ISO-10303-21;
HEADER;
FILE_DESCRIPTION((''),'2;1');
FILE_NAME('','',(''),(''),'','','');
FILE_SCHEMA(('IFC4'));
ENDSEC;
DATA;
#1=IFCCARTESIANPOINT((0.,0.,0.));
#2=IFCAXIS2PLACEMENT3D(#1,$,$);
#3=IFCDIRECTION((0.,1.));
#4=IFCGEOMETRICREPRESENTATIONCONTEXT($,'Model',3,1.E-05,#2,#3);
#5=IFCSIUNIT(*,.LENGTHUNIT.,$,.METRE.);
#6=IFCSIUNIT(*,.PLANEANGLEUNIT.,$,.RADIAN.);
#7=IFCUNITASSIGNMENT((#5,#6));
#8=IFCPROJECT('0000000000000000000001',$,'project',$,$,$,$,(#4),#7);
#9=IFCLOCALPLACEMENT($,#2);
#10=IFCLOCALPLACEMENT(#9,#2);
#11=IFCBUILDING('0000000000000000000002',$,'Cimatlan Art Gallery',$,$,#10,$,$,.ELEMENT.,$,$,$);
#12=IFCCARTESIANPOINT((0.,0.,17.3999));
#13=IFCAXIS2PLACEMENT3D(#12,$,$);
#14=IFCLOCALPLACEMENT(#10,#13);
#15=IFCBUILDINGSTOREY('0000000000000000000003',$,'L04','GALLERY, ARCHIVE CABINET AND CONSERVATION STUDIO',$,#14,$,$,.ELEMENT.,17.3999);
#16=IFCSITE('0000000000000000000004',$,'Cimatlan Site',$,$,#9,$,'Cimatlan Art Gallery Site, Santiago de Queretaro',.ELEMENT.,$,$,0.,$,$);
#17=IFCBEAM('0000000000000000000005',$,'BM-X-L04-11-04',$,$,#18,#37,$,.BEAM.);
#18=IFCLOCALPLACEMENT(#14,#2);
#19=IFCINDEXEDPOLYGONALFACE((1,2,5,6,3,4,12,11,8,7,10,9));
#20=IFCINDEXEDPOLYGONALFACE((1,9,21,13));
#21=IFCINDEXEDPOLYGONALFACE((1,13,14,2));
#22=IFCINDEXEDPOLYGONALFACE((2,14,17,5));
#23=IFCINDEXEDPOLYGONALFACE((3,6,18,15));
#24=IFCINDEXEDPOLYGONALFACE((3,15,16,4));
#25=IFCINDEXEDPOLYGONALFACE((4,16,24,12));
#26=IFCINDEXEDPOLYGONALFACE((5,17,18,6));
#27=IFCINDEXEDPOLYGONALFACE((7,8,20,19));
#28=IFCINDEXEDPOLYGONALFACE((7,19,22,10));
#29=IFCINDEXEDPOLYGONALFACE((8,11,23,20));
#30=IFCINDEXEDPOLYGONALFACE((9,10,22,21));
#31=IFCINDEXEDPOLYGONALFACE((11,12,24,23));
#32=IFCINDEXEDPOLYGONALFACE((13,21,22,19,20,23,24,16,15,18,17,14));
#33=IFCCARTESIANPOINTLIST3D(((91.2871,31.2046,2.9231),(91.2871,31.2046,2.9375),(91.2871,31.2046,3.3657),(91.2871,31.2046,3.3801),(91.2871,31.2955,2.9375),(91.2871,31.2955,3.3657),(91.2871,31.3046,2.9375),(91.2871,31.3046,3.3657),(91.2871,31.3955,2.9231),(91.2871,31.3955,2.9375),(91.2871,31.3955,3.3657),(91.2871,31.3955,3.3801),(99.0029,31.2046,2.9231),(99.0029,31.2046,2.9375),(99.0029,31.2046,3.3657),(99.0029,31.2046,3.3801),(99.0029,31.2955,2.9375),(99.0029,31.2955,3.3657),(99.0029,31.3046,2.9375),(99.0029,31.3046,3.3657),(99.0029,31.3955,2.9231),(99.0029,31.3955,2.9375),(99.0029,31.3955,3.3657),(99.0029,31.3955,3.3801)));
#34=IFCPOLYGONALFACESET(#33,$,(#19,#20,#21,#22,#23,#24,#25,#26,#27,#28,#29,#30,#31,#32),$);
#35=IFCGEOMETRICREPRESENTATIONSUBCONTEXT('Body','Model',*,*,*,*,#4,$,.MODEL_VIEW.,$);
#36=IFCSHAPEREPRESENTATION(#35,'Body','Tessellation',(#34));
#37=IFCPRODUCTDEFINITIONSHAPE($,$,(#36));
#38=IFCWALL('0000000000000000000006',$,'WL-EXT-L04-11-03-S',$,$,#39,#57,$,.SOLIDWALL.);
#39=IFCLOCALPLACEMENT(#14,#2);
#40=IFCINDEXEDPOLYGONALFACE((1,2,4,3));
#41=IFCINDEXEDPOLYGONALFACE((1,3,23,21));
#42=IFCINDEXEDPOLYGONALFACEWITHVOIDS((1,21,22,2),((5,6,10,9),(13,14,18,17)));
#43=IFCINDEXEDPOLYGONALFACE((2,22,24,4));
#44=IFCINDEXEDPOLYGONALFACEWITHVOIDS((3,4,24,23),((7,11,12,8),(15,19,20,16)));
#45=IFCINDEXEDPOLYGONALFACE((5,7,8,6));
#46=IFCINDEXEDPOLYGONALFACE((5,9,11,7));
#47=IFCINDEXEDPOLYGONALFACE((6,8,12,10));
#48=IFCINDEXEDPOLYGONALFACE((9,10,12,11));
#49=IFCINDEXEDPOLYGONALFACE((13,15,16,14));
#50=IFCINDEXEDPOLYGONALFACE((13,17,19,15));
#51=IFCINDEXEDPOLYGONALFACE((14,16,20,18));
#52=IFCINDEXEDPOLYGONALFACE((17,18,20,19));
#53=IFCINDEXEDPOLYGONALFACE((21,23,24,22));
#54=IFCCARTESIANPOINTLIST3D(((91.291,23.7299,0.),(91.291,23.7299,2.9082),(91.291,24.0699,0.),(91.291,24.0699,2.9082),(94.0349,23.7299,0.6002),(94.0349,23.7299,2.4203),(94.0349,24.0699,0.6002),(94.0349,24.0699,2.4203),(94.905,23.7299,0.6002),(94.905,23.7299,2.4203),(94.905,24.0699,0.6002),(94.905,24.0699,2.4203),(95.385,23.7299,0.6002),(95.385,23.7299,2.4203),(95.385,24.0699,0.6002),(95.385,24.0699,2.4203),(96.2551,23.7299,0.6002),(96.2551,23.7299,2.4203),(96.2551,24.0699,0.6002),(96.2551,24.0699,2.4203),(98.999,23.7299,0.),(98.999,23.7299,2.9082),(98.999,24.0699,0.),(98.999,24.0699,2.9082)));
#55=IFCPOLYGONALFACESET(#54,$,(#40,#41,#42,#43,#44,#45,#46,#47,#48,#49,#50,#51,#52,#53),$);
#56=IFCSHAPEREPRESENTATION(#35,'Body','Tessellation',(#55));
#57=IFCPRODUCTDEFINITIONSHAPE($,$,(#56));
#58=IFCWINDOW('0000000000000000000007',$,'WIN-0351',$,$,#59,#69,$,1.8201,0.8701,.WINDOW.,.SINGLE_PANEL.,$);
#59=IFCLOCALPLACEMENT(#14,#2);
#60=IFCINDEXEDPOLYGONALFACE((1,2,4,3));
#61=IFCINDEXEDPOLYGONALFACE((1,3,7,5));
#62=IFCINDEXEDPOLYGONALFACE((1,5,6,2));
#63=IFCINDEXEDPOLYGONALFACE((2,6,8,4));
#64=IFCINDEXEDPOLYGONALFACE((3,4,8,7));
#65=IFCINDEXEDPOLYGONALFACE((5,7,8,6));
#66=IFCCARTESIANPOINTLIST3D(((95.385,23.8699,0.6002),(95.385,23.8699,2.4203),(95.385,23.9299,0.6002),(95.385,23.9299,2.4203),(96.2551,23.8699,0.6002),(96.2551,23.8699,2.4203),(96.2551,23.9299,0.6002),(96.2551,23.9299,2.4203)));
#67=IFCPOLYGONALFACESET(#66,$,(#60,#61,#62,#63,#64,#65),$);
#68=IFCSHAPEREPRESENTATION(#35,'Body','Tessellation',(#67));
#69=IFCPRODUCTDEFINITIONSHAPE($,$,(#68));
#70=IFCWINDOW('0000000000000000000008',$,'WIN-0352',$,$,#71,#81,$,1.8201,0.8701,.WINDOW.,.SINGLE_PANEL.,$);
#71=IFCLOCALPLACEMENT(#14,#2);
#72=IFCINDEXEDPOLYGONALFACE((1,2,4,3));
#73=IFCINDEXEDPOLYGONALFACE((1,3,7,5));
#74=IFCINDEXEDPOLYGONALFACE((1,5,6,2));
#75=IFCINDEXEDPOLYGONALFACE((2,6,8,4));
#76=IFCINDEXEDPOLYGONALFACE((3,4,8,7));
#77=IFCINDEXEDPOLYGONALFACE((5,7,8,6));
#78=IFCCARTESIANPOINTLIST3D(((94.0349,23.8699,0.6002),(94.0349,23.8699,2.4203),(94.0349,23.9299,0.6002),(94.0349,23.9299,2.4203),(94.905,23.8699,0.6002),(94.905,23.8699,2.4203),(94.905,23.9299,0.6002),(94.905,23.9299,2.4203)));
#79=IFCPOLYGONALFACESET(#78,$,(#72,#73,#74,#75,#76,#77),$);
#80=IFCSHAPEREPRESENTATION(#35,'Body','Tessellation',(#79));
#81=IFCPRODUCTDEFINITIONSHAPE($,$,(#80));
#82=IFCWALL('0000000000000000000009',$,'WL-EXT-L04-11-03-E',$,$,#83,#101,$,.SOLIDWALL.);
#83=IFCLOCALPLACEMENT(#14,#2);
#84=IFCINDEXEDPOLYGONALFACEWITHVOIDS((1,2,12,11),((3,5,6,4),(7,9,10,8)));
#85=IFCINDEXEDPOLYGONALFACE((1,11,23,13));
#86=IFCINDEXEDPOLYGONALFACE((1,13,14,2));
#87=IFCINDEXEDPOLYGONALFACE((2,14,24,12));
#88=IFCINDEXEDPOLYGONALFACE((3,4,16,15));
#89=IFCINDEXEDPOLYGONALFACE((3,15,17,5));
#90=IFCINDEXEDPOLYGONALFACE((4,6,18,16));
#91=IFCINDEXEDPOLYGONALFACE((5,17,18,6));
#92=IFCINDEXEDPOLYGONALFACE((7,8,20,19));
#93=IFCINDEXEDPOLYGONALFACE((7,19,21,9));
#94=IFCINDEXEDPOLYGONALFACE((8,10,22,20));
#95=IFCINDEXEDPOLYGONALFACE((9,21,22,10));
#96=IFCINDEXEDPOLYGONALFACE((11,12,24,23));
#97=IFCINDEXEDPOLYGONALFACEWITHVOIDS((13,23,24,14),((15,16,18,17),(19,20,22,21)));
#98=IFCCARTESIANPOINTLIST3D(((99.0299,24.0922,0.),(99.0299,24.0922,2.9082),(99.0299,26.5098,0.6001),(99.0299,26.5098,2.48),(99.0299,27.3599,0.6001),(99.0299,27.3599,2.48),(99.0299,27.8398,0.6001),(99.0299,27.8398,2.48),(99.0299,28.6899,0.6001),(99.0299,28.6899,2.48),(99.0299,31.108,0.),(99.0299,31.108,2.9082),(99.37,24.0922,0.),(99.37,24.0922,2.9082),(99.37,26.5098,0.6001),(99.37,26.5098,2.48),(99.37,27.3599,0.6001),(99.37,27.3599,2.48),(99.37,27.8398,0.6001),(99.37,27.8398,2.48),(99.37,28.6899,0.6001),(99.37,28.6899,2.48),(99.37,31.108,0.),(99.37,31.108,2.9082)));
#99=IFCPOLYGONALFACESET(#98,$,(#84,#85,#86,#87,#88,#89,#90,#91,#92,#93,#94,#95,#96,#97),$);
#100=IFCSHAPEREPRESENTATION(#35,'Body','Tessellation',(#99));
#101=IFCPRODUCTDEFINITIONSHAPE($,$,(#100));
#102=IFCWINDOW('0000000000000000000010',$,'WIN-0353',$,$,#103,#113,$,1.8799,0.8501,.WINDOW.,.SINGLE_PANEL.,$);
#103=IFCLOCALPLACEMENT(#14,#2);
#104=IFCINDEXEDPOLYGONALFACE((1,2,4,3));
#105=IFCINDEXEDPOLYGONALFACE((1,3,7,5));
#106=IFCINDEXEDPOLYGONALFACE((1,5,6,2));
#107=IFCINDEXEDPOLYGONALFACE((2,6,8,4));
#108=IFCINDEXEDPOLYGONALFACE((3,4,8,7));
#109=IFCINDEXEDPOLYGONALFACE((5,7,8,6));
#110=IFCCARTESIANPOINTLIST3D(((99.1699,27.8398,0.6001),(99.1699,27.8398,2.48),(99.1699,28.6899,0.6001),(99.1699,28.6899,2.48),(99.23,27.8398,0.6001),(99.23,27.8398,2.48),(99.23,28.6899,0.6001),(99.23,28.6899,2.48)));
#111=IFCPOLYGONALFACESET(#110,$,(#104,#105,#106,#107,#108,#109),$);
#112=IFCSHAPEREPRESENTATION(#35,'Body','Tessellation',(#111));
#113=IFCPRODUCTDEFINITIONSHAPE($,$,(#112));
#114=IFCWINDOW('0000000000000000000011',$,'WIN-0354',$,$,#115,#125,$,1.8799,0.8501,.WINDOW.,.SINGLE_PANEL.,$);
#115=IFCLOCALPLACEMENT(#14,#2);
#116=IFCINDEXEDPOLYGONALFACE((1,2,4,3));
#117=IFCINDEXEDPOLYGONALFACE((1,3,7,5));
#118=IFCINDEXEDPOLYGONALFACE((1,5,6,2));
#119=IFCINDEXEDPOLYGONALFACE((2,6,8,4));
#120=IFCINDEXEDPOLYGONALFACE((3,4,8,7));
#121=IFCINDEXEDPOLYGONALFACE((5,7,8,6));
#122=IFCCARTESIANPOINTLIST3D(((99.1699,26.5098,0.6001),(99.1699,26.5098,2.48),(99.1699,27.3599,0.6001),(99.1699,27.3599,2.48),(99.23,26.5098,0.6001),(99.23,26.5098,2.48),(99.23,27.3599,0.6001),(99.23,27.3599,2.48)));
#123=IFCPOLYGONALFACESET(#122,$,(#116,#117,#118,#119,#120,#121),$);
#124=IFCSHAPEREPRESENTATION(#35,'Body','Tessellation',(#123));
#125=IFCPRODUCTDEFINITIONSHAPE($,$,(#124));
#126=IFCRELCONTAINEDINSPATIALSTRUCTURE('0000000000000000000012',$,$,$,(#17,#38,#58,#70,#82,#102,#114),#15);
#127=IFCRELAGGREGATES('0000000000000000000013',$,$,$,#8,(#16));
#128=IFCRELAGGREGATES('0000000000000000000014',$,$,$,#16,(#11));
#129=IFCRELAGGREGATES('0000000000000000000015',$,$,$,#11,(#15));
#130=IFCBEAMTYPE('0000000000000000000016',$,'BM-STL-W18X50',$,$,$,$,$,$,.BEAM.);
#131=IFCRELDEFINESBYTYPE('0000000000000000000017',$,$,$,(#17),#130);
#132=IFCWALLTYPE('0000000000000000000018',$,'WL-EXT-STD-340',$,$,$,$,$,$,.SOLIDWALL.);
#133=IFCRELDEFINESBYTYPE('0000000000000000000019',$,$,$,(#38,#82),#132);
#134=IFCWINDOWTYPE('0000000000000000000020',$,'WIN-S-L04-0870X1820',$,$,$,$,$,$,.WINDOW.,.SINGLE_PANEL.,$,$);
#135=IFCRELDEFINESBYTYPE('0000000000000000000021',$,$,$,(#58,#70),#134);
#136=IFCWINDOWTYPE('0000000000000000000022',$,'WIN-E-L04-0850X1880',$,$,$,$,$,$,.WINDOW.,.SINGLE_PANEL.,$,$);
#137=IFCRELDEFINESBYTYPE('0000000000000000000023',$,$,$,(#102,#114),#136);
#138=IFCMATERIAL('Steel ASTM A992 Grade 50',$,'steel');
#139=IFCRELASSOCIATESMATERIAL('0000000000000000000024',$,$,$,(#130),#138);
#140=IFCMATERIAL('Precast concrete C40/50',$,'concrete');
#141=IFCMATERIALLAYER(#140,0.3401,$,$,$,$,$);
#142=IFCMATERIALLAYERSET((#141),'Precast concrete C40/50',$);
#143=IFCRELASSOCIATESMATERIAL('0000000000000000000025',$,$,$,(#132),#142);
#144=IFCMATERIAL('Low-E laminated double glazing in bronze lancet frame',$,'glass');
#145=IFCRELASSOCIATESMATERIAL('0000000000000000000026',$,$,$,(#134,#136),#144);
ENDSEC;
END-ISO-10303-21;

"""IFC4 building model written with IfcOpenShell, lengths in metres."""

from ifc_helpers import new_model, si_unit, direction, frame, frame_2d, origin, origin_2d, place, context, subcontext, project, spatial, rectangle, i_section, extrude, material, layer, layer_set, material_profile, profile_set, type_object, element, fill, save


model = new_model("IFC4")

# Units and contexts
model_context = context("Model", 3, precision=1e-05, world=origin(), true_north=direction((0.0, 1.0)))
body_context = subcontext(model_context, "Body", "Model", "MODEL_VIEW")
ifc_project = project(units=[si_unit("LENGTHUNIT", "METRE"), si_unit("PLANEANGLEUNIT", "RADIAN")], contexts=[model_context])

# Site, building, storey
site_placement = place(None, origin())
site = spatial("IfcSite", under=ifc_project, at=site_placement, Name="Cimatlan Site", LongName="Cimatlan Art Gallery Site, Santiago de Queretaro", CompositionType="ELEMENT", RefElevation=0.0)
building_placement = place(site_placement, origin())
building = spatial("IfcBuilding", under=site, at=building_placement, Name="Cimatlan Art Gallery", CompositionType="ELEMENT")
storey_placement = place(building_placement, frame((0.0, 0.0, 17.3999)))
storey = spatial("IfcBuildingStorey", under=building, at=storey_placement, Name="L04", Description="GALLERY, ARCHIVE CABINET AND CONSERVATION STUDIO", CompositionType="ELEMENT", Elevation=17.3999)

# Shared definitions
ifc_material_1 = material(Name="Steel ASTM A992 Grade 50", Category="steel")

# Beam
ifc_material_profile_1 = material_profile(ifc_material_1, i_section(OverallWidth=0.1909, OverallDepth=0.457, WebThickness=0.009, FlangeThickness=0.0144, at=origin_2d()), Name="W18X50")
ifc_profile_set_1 = profile_set([ifc_material_profile_1], Name="Steel ASTM A992 Grade 50")
beam_type_1 = type_object("IfcBeamType", Name="BM-STL-W18X50", PredefinedType="BEAM", material=ifc_profile_set_1)
for number, where, z_axis, x_axis, name in (
    (1, (91.2871, 31.3, 3.1516), (1.0, 0.0, 0.0), (0.0, 1.0, 0.0), "BM-X-L04-11-04"),
):
    element("IfcBeam", number, at=place(storey_placement, frame(where, z_axis=z_axis, x_axis=x_axis)), inside=storey, type_object=beam_type_1, Name=name, PredefinedType="BEAM", context=body_context, shape_type="SweptSolid", body=[
        extrude(i_section(OverallWidth=0.1909, OverallDepth=0.457, WebThickness=0.009, FlangeThickness=0.0144, at=origin_2d()), origin(), (0.0, 0.0, 1.0), 7.7158),
    ])

# Walls, openings, windows
ifc_material_2 = material(Name="Precast concrete C40/50", Category="concrete")
ifc_layer = layer(ifc_material_2, 0.3401)
ifc_layer_set = layer_set([ifc_layer], Name="Precast concrete C40/50")
wall_type = type_object("IfcWallType", Name="WL-EXT-STD-340", PredefinedType="SOLIDWALL", material=ifc_layer_set)
wall_1_placement = place(storey_placement, frame((98.999, 23.8999, 0.0), z_axis=(0.0, 0.0, 1.0), x_axis=(-1.0, 0.0, 0.0)))
wall_1 = element("IfcWall", 2, at=wall_1_placement, inside=storey, type_object=wall_type, Name="WL-EXT-L04-11-03-S", PredefinedType="SOLIDWALL", context=body_context, shape_type="SweptSolid", body=[
    extrude(rectangle(XDim=7.708, YDim=0.3401, at=frame_2d((3.854, 0.0))), origin(), (0.0, 0.0, 1.0), 2.9082),
])
opening_1_placement = place(wall_1_placement, frame((2.7439, 0.0, 0.6001)))
opening_1 = element("IfcOpeningElement", 3, at=opening_1_placement, cuts=wall_1, PredefinedType="OPENING", context=body_context, shape_type="SweptSolid", body=[
    extrude(rectangle(XDim=0.8701, YDim=1.8201, at=frame_2d((0.4351, 0.9102))), frame((0.0, 0.1802, 0.0), z_axis=(0.0, -1.0, 0.0), x_axis=(1.0, 0.0, 0.0)), (0.0, 0.0, 1.0), 0.3601),
])
opening_2_placement = place(wall_1_placement, frame((4.094, 0.0, 0.6001)))
opening_2 = element("IfcOpeningElement", 4, at=opening_2_placement, cuts=wall_1, PredefinedType="OPENING", context=body_context, shape_type="SweptSolid", body=[
    extrude(rectangle(XDim=0.8701, YDim=1.8201, at=frame_2d((0.4351, 0.9102))), frame((0.0, 0.1802, 0.0), z_axis=(0.0, -1.0, 0.0), x_axis=(1.0, 0.0, 0.0)), (0.0, 0.0, 1.0), 0.3601),
])
ifc_material_3 = material(Name="Low-E laminated double glazing in bronze lancet frame", Category="glass")
window_type_1 = type_object("IfcWindowType", Name="WIN-S-L04-0870X1820", PartitioningType="SINGLE_PANEL", PredefinedType="WINDOW", material=ifc_material_3)
window_1_placement = place(opening_1_placement, origin())
window_1 = element("IfcWindow", 5, at=window_1_placement, inside=storey, type_object=window_type_1, Name="WIN-0351", OverallHeight=1.8201, OverallWidth=0.8701, PartitioningType="SINGLE_PANEL", PredefinedType="WINDOW", context=body_context, shape_type="SweptSolid", body=[
    extrude(rectangle(XDim=0.8701, YDim=1.8201, at=frame_2d((0.4351, 0.9102))), frame((0.0, 0.03, 0.0), z_axis=(0.0, -1.0, 0.0), x_axis=(1.0, 0.0, 0.0)), (0.0, 0.0, 1.0), 0.0601),
])
fill(opening_1, window_1)
window_2_placement = place(opening_2_placement, origin())
window_2 = element("IfcWindow", 6, at=window_2_placement, inside=storey, type_object=window_type_1, Name="WIN-0352", OverallHeight=1.8201, OverallWidth=0.8701, PartitioningType="SINGLE_PANEL", PredefinedType="WINDOW", context=body_context, shape_type="SweptSolid", body=[
    extrude(rectangle(XDim=0.8701, YDim=1.8201, at=frame_2d((0.4351, 0.9102))), frame((0.0, 0.03, 0.0), z_axis=(0.0, -1.0, 0.0), x_axis=(1.0, 0.0, 0.0)), (0.0, 0.0, 1.0), 0.0601),
])
fill(opening_2, window_2)
wall_2_placement = place(storey_placement, frame((99.2, 31.1079, 0.0), z_axis=(0.0, 0.0, 1.0), x_axis=(0.0, -1.0, 0.0)))
wall_2 = element("IfcWall", 7, at=wall_2_placement, inside=storey, type_object=wall_type, Name="WL-EXT-L04-11-03-E", PredefinedType="SOLIDWALL", context=body_context, shape_type="SweptSolid", body=[
    extrude(rectangle(XDim=7.0159, YDim=0.3401, at=frame_2d((3.5078, 0.0))), origin(), (0.0, 0.0, 1.0), 2.9082),
])
opening_3_placement = place(wall_2_placement, frame((2.418, 0.0, 0.6001)))
opening_3 = element("IfcOpeningElement", 8, at=opening_3_placement, cuts=wall_2, PredefinedType="OPENING", context=body_context, shape_type="SweptSolid", body=[
    extrude(rectangle(XDim=0.8501, YDim=1.8799, at=frame_2d((0.425, 0.9399))), frame((0.0, 0.1802, 0.0), z_axis=(0.0, -1.0, 0.0), x_axis=(1.0, 0.0, 0.0)), (0.0, 0.0, 1.0), 0.3601),
])
opening_4_placement = place(wall_2_placement, frame((3.748, 0.0, 0.6001)))
opening_4 = element("IfcOpeningElement", 9, at=opening_4_placement, cuts=wall_2, PredefinedType="OPENING", context=body_context, shape_type="SweptSolid", body=[
    extrude(rectangle(XDim=0.8501, YDim=1.8799, at=frame_2d((0.425, 0.9399))), frame((0.0, 0.1802, 0.0), z_axis=(0.0, -1.0, 0.0), x_axis=(1.0, 0.0, 0.0)), (0.0, 0.0, 1.0), 0.3601),
])
window_type_2 = type_object("IfcWindowType", Name="WIN-E-L04-0850X1880", PartitioningType="SINGLE_PANEL", PredefinedType="WINDOW", material=ifc_material_3)
window_3_placement = place(opening_3_placement, origin())
window_3 = element("IfcWindow", 10, at=window_3_placement, inside=storey, type_object=window_type_2, Name="WIN-0353", OverallHeight=1.8799, OverallWidth=0.8501, PartitioningType="SINGLE_PANEL", PredefinedType="WINDOW", context=body_context, shape_type="SweptSolid", body=[
    extrude(rectangle(XDim=0.8501, YDim=1.8799, at=frame_2d((0.425, 0.9399))), frame((0.0, 0.03, 0.0), z_axis=(0.0, -1.0, 0.0), x_axis=(1.0, 0.0, 0.0)), (0.0, 0.0, 1.0), 0.0601),
])
fill(opening_3, window_3)
window_4_placement = place(opening_4_placement, origin())
window_4 = element("IfcWindow", 11, at=window_4_placement, inside=storey, type_object=window_type_2, Name="WIN-0354", OverallHeight=1.8799, OverallWidth=0.8501, PartitioningType="SINGLE_PANEL", PredefinedType="WINDOW", context=body_context, shape_type="SweptSolid", body=[
    extrude(rectangle(XDim=0.8501, YDim=1.8799, at=frame_2d((0.425, 0.9399))), frame((0.0, 0.03, 0.0), z_axis=(0.0, -1.0, 0.0), x_axis=(1.0, 0.0, 0.0)), (0.0, 0.0, 1.0), 0.0601),
])
fill(opening_4, window_4)

save(model, "model.ifc")
